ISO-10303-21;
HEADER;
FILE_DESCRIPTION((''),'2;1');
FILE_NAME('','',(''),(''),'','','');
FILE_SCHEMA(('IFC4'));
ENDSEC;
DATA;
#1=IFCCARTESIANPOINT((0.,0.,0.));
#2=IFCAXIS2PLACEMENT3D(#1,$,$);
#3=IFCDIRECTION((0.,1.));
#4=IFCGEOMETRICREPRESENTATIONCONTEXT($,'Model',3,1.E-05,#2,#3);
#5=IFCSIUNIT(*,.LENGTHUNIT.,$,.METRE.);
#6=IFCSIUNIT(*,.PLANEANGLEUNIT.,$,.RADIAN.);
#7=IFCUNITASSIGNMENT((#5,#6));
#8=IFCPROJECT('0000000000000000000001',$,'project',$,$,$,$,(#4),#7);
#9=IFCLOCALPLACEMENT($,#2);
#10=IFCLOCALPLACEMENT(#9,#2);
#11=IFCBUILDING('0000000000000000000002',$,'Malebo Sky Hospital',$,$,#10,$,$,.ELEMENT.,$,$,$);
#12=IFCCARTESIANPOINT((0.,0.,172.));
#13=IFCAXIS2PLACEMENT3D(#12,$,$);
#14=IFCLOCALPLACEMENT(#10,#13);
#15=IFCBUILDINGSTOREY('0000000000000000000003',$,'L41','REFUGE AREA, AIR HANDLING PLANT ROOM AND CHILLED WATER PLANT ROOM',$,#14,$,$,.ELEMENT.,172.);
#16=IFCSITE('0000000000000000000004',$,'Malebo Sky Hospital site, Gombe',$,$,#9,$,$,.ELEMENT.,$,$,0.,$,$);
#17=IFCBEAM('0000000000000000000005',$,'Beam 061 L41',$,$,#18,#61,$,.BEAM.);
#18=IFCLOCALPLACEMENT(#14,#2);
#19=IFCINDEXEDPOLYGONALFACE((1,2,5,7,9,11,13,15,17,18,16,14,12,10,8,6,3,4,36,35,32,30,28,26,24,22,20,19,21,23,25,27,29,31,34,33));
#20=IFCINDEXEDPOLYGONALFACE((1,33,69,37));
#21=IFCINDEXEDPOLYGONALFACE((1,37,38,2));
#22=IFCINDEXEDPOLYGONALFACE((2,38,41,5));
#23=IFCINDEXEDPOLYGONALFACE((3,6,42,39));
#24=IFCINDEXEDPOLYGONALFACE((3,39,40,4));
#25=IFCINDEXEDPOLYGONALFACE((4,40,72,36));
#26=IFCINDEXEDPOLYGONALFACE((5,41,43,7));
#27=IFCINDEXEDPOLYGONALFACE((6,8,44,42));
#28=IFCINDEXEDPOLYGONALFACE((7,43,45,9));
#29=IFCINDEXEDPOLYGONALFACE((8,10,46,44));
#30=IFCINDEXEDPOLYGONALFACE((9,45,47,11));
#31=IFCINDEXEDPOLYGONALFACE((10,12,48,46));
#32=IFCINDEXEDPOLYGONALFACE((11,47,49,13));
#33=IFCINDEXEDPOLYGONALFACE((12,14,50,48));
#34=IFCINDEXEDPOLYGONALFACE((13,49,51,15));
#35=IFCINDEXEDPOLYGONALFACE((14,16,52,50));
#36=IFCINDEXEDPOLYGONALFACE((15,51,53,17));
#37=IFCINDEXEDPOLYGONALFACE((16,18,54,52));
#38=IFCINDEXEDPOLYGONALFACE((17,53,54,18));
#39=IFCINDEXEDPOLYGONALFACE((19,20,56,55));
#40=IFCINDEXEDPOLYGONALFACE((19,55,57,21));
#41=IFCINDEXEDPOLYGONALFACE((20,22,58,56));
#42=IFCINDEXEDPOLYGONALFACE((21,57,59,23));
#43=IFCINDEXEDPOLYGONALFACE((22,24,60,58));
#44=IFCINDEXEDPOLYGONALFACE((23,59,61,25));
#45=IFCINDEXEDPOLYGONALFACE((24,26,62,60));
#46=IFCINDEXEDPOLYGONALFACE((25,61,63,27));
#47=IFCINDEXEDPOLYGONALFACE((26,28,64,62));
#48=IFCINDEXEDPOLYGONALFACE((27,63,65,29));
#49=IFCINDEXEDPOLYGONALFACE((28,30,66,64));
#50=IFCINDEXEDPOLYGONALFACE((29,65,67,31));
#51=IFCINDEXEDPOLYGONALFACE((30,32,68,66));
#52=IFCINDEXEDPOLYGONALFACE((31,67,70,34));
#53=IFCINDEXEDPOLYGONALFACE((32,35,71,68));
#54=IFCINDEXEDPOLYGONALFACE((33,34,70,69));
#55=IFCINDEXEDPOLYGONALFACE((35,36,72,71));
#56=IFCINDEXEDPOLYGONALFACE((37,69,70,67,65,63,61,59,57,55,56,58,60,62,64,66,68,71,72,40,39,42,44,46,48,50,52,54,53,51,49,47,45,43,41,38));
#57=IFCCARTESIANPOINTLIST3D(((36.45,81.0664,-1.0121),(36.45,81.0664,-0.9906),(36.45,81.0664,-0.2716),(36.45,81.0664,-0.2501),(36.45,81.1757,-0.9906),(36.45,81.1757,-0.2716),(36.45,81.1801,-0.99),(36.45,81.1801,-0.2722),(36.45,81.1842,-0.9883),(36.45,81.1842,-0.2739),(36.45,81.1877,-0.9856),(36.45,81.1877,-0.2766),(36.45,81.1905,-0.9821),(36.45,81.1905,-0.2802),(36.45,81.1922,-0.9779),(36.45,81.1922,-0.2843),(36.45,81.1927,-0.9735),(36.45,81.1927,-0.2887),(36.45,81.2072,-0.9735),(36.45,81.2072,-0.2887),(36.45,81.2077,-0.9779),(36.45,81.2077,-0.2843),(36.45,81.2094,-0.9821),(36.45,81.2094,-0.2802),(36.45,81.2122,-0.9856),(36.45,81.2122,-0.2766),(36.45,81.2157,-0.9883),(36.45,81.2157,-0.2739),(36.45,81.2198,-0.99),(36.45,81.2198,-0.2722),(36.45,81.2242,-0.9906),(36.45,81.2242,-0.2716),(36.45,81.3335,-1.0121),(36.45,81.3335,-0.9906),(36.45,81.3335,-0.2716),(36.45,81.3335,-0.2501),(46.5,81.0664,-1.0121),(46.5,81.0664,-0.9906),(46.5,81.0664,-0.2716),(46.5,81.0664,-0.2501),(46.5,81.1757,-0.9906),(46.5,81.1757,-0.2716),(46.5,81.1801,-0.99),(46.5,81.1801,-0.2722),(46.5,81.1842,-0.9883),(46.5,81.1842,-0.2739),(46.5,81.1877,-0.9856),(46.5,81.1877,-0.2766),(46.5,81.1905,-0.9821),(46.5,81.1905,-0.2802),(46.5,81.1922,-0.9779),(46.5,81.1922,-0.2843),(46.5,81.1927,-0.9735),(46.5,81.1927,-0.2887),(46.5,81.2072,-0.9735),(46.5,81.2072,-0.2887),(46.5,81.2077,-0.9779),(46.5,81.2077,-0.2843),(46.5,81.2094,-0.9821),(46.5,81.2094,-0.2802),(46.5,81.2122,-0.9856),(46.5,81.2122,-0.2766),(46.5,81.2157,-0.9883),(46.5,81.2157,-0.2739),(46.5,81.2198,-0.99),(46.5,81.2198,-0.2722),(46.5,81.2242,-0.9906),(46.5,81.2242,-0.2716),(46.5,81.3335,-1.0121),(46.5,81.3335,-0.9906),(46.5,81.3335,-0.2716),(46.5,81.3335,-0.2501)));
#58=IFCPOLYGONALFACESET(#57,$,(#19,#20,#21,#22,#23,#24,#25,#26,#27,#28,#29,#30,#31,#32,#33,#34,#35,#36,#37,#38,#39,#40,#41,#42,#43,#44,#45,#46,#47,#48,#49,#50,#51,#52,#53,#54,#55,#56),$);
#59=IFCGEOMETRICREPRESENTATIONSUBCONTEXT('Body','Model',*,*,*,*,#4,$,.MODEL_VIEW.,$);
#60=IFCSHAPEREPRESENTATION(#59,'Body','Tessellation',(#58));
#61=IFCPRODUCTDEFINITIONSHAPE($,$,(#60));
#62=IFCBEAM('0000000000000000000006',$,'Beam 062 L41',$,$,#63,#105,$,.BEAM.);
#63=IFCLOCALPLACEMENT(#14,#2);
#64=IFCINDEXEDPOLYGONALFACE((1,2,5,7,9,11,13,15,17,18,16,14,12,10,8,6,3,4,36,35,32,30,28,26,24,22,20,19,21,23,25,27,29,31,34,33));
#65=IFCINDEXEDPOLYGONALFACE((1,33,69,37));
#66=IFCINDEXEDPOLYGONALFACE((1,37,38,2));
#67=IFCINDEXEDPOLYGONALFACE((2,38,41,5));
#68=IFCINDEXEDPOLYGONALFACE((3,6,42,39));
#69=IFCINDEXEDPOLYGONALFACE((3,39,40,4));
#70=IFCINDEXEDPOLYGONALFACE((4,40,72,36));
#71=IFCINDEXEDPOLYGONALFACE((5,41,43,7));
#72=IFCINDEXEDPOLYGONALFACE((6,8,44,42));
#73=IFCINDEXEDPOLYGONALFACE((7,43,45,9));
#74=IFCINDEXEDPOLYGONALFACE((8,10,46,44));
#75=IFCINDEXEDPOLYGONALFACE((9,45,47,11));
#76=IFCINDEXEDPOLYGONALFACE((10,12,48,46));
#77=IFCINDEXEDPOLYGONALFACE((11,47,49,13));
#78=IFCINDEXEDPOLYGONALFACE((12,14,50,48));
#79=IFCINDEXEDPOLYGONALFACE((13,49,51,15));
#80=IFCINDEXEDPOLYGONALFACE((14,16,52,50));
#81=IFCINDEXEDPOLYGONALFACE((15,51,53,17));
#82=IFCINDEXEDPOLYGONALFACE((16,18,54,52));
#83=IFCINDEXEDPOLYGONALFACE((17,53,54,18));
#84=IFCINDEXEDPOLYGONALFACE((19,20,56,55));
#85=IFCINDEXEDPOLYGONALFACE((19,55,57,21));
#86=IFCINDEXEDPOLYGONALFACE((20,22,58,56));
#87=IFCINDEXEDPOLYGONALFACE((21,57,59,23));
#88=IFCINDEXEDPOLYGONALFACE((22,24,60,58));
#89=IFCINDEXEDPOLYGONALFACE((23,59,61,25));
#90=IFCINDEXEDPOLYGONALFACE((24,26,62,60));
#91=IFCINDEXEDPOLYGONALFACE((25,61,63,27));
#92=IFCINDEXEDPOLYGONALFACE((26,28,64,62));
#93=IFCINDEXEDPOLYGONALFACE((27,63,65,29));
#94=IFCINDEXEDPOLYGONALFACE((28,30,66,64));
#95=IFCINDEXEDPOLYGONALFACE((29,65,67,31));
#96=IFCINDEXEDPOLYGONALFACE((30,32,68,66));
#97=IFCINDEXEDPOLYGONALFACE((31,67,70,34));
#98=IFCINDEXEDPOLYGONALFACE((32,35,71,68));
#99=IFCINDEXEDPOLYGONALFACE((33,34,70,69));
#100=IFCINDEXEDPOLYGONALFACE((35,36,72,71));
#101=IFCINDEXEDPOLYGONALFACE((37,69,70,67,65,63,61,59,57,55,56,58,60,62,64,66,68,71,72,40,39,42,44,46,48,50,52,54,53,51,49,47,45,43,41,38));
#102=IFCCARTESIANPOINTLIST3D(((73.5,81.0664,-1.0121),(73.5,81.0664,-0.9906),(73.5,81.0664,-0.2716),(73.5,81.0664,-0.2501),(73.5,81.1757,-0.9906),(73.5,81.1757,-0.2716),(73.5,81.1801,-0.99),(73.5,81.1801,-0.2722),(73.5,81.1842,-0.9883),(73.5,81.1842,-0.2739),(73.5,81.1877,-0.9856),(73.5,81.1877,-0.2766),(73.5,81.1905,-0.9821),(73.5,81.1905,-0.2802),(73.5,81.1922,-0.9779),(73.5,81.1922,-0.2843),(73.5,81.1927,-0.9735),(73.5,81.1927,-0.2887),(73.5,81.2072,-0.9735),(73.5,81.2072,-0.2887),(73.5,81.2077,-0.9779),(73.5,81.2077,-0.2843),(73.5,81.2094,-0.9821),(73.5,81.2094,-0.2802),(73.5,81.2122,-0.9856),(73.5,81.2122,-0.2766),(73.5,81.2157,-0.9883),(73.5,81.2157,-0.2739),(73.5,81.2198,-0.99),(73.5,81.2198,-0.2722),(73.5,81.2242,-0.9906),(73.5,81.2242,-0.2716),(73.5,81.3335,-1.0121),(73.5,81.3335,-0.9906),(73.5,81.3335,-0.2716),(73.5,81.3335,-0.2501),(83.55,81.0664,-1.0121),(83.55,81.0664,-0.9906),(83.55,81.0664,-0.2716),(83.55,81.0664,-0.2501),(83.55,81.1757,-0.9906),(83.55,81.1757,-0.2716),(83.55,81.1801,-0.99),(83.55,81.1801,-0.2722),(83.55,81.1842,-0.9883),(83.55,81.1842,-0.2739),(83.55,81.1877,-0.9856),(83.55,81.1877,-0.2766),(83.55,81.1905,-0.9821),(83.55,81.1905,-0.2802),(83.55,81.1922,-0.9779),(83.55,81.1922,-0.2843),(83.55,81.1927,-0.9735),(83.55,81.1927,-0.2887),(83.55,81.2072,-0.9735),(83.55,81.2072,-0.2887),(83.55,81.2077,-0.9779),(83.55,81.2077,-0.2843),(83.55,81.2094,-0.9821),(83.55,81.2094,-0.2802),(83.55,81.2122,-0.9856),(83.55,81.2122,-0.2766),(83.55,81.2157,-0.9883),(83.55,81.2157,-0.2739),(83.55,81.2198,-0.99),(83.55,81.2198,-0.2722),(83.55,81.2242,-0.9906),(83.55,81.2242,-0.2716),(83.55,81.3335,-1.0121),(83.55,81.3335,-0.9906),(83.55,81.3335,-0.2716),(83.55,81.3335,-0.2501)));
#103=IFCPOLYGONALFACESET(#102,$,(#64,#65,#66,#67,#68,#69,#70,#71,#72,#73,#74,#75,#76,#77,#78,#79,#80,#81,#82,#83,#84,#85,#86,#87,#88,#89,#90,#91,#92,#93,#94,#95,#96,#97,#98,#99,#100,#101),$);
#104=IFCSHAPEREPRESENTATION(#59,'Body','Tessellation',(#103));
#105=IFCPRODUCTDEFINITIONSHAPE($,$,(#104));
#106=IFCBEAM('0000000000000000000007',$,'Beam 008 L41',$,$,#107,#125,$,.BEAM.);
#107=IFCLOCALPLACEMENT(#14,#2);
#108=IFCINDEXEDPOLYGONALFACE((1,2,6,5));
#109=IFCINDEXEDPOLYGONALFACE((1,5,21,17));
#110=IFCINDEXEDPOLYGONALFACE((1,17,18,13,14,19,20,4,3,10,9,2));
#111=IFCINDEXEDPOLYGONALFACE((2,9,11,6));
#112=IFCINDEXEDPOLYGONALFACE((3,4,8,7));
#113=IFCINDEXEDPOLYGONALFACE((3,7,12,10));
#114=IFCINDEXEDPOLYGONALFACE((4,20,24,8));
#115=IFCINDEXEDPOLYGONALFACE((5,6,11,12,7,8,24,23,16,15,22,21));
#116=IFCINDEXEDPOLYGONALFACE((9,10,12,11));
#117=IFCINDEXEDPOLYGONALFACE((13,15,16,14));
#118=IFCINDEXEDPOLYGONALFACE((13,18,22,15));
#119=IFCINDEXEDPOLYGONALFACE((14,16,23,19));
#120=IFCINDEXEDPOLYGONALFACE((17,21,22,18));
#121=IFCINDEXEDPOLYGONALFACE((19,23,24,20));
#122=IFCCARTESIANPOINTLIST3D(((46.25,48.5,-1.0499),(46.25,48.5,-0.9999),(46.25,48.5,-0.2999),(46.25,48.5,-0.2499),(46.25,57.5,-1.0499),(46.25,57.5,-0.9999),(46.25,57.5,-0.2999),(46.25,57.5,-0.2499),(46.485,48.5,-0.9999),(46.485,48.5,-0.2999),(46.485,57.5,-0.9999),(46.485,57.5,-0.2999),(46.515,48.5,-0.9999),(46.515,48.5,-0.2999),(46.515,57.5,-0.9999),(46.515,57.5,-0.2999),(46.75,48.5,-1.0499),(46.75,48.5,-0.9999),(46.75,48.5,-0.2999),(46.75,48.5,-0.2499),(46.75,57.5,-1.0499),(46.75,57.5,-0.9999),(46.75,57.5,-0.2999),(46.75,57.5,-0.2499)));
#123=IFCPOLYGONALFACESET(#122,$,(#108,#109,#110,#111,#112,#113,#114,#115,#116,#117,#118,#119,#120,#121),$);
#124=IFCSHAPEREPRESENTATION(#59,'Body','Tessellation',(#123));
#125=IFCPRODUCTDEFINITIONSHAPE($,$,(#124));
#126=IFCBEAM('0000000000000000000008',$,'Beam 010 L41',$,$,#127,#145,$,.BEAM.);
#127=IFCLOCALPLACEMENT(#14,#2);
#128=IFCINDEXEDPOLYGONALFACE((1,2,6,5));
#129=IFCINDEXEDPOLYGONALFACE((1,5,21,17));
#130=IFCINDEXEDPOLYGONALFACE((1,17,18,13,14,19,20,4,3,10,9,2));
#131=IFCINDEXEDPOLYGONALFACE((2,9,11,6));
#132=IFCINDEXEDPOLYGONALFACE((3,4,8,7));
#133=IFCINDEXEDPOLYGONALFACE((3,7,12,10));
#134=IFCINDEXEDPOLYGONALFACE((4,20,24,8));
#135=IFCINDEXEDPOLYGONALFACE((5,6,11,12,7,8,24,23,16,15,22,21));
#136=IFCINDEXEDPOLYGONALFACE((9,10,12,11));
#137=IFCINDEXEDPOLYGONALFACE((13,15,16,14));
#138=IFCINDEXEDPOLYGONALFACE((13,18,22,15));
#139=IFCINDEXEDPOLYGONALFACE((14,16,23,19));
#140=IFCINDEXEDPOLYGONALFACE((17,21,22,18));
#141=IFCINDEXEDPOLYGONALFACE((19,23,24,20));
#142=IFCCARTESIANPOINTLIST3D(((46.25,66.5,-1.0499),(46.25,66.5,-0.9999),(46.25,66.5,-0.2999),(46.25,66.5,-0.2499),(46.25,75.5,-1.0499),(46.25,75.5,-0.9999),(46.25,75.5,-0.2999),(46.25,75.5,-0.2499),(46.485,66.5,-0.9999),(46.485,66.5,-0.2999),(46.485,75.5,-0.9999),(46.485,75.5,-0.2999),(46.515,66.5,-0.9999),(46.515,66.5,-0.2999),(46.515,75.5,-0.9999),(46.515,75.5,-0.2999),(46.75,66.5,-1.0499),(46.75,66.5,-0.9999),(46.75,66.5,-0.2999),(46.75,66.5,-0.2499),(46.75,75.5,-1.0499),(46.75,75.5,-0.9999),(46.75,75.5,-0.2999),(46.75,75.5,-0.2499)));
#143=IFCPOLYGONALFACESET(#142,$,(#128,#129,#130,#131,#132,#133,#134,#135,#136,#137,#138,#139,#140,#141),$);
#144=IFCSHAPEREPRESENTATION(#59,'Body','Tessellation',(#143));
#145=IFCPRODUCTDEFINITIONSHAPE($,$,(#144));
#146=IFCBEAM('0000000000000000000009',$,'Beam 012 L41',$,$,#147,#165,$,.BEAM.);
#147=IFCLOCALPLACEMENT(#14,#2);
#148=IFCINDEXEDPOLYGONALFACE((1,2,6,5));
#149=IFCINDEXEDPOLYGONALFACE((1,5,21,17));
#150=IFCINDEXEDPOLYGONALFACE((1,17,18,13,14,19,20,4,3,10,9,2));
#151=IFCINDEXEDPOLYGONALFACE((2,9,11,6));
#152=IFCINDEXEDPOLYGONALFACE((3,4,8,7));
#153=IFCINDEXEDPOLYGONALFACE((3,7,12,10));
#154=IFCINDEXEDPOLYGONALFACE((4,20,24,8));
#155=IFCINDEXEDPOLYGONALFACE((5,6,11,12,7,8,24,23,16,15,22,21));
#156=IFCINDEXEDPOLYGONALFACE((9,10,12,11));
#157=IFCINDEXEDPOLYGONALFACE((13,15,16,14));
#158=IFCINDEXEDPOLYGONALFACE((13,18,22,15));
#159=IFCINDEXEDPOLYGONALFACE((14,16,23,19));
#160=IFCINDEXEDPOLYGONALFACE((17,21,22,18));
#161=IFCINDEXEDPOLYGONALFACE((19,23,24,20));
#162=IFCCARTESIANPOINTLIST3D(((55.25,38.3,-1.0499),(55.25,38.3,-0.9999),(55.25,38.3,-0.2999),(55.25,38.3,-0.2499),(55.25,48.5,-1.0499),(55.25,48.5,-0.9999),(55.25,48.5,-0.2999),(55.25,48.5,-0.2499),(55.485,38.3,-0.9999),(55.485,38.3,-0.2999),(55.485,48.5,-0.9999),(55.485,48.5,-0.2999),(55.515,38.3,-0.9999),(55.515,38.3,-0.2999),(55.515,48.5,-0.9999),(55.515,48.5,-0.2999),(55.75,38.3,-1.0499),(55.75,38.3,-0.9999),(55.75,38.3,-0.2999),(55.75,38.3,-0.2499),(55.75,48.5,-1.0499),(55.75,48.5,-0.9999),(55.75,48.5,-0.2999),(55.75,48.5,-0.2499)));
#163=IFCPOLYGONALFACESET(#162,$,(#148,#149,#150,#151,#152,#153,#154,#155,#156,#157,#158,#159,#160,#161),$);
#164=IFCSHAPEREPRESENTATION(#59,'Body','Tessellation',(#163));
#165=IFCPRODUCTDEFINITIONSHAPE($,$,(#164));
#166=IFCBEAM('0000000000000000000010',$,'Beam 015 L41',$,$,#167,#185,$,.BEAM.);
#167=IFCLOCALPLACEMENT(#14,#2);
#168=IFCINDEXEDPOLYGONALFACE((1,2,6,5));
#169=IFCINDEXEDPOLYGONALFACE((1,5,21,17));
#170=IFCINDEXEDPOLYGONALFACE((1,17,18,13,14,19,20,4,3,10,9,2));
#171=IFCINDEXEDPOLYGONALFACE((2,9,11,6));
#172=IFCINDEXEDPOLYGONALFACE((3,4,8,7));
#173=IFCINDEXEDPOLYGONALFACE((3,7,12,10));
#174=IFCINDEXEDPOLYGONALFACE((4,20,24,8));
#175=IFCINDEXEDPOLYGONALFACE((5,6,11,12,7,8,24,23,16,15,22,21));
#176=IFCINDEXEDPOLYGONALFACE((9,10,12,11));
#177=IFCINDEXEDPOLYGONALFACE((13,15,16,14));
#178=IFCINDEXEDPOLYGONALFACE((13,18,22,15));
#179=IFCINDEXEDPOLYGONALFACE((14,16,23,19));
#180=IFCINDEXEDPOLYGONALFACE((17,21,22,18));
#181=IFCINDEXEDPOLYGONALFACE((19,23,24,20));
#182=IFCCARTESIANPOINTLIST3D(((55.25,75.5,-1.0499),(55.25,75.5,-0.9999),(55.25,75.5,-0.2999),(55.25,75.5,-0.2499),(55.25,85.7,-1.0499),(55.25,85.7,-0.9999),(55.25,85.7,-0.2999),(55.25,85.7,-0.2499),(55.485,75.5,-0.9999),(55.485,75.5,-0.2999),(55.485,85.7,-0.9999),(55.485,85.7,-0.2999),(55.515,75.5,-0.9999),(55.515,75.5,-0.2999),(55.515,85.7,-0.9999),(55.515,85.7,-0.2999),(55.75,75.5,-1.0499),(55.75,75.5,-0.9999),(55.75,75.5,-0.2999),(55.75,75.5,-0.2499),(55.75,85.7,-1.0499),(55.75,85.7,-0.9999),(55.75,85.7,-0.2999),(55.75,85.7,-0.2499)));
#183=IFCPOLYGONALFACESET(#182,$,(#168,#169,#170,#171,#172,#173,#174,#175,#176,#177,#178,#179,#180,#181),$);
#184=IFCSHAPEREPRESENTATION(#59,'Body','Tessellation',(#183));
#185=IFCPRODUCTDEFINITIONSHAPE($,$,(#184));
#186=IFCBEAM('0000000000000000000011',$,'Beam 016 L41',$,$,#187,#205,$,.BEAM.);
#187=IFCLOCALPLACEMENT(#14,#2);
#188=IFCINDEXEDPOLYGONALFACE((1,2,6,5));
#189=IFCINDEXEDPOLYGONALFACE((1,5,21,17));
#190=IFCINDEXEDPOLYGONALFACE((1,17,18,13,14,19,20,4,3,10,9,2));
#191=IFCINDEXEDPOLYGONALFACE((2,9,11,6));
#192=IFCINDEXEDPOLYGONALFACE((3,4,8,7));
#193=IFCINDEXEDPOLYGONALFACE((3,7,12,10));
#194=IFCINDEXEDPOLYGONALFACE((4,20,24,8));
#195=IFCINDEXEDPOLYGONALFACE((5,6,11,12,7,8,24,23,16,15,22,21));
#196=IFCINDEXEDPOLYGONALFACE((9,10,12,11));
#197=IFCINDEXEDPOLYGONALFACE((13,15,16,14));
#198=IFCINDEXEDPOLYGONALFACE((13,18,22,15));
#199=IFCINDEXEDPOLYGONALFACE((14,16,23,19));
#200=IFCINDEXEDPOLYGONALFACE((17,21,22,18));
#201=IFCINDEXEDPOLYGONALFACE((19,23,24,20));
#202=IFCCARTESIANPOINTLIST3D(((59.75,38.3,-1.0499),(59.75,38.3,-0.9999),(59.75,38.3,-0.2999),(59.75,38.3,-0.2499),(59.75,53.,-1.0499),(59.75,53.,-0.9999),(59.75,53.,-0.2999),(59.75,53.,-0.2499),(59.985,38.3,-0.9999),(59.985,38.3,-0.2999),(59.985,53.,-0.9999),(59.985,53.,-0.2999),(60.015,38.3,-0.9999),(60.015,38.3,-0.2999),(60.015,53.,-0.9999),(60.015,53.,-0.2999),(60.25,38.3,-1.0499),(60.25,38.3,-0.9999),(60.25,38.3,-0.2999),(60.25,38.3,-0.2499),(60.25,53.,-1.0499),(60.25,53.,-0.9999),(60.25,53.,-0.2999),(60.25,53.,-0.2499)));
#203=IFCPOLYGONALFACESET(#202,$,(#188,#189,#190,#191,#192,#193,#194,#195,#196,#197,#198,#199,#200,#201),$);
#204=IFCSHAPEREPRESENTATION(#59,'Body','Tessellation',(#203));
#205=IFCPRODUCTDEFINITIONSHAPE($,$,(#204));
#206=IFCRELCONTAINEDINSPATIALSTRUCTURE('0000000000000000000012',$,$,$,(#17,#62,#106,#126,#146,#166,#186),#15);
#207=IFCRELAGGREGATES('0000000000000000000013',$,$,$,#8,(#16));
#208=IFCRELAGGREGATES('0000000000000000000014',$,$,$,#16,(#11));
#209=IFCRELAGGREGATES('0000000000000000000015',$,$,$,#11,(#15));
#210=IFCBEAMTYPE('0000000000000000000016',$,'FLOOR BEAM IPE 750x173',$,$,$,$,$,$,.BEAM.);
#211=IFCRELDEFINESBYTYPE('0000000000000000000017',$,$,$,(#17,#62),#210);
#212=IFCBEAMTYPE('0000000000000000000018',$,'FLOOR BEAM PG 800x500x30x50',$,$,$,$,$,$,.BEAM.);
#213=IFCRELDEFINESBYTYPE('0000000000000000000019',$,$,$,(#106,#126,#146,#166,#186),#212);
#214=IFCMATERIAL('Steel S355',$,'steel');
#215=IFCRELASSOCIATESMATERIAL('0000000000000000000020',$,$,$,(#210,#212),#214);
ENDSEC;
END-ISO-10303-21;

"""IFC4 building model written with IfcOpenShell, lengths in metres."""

from ifc_helpers import new_model, si_unit, direction, frame, origin, origin_2d, place, context, subcontext, project, spatial, i_section, extrude, material, material_profile, profile_set, type_object, element, save


model = new_model("IFC4")

# Units and contexts
model_context = context("Model", 3, precision=1e-05, world=origin(), true_north=direction((0.0, 1.0)))
body_context = subcontext(model_context, "Body", "Model", "MODEL_VIEW")
ifc_project = project(units=[si_unit("LENGTHUNIT", "METRE"), si_unit("PLANEANGLEUNIT", "RADIAN")], contexts=[model_context])

# Site, building, storey
site_placement = place(None, origin())
site = spatial("IfcSite", under=ifc_project, at=site_placement, Name="Malebo Sky Hospital site, Gombe", CompositionType="ELEMENT", RefElevation=0.0)
building_placement = place(site_placement, origin())
building = spatial("IfcBuilding", under=site, at=building_placement, Name="Malebo Sky Hospital", CompositionType="ELEMENT")
storey_placement = place(building_placement, frame((0.0, 0.0, 172.0)))
storey = spatial("IfcBuildingStorey", under=building, at=storey_placement, Name="L41", Description="REFUGE AREA, AIR HANDLING PLANT ROOM AND CHILLED WATER PLANT ROOM", CompositionType="ELEMENT", Elevation=172.0)

# Beams
ifc_material = material(Name="Steel S355", Category="steel")
ifc_material_profile_1 = material_profile(ifc_material, i_section(OverallWidth=0.2671, OverallDepth=0.762, WebThickness=0.0144, FlangeThickness=0.0215, FilletRadius=0.0171, at=origin_2d()), Name="IPE 750x173")
ifc_profile_set_1 = profile_set([ifc_material_profile_1], Name="Steel S355")
beam_type_1 = type_object("IfcBeamType", Name="FLOOR BEAM IPE 750x173", PredefinedType="BEAM", material=ifc_profile_set_1)
for number, where, z_axis, x_axis, name in (
    (1, (36.45, 81.2, -0.6311), (1.0, 0.0, 0.0), (0.0, 1.0, 0.0), "Beam 061 L41"),
    (2, (73.5, 81.2, -0.6311), (1.0, 0.0, 0.0), (0.0, 1.0, 0.0), "Beam 062 L41"),
):
    element("IfcBeam", number, at=place(storey_placement, frame(where, z_axis=z_axis, x_axis=x_axis)), inside=storey, type_object=beam_type_1, Name=name, PredefinedType="BEAM", context=body_context, shape_type="SweptSolid", body=[
        extrude(i_section(OverallWidth=0.2671, OverallDepth=0.762, WebThickness=0.0144, FlangeThickness=0.0215, FilletRadius=0.0171, at=origin_2d()), origin(), (0.0, 0.0, 1.0), 10.05),
    ])
ifc_material_profile_2 = material_profile(ifc_material, i_section(OverallWidth=0.5, OverallDepth=0.8, WebThickness=0.03, FlangeThickness=0.05, at=origin_2d()), Name="PG 800x500x30x50")
ifc_profile_set_2 = profile_set([ifc_material_profile_2], Name="Steel S355")
beam_type_2 = type_object("IfcBeamType", Name="FLOOR BEAM PG 800x500x30x50", PredefinedType="BEAM", material=ifc_profile_set_2)
for number, where, z_axis, x_axis, name in (
    (3, (46.5, 48.5, -0.6499), (0.0, 1.0, 0.0), (-1.0, 0.0, 0.0), "Beam 008 L41"),
    (4, (46.5, 66.5, -0.6499), (0.0, 1.0, 0.0), (-1.0, 0.0, 0.0), "Beam 010 L41"),
):
    element("IfcBeam", number, at=place(storey_placement, frame(where, z_axis=z_axis, x_axis=x_axis)), inside=storey, type_object=beam_type_2, Name=name, PredefinedType="BEAM", context=body_context, shape_type="SweptSolid", body=[
        extrude(i_section(OverallWidth=0.5, OverallDepth=0.8, WebThickness=0.03, FlangeThickness=0.05, at=origin_2d()), origin(), (0.0, 0.0, 1.0), 9.0),
    ])
for number, where, z_axis, x_axis, name in (
    (5, (55.5, 38.3, -0.6499), (0.0, 1.0, 0.0), (-1.0, 0.0, 0.0), "Beam 012 L41"),
    (6, (55.5, 75.5, -0.6499), (0.0, 1.0, 0.0), (-1.0, 0.0, 0.0), "Beam 015 L41"),
):
    element("IfcBeam", number, at=place(storey_placement, frame(where, z_axis=z_axis, x_axis=x_axis)), inside=storey, type_object=beam_type_2, Name=name, PredefinedType="BEAM", context=body_context, shape_type="SweptSolid", body=[
        extrude(i_section(OverallWidth=0.5, OverallDepth=0.8, WebThickness=0.03, FlangeThickness=0.05, at=origin_2d()), origin(), (0.0, 0.0, 1.0), 10.2),
    ])
for number, where, z_axis, x_axis, name in (
    (7, (60.0, 38.3, -0.6499), (0.0, 1.0, 0.0), (-1.0, 0.0, 0.0), "Beam 016 L41"),
):
    element("IfcBeam", number, at=place(storey_placement, frame(where, z_axis=z_axis, x_axis=x_axis)), inside=storey, type_object=beam_type_2, Name=name, PredefinedType="BEAM", context=body_context, shape_type="SweptSolid", body=[
        extrude(i_section(OverallWidth=0.5, OverallDepth=0.8, WebThickness=0.03, FlangeThickness=0.05, at=origin_2d()), origin(), (0.0, 0.0, 1.0), 14.7),
    ])

save(model, "model.ifc")
